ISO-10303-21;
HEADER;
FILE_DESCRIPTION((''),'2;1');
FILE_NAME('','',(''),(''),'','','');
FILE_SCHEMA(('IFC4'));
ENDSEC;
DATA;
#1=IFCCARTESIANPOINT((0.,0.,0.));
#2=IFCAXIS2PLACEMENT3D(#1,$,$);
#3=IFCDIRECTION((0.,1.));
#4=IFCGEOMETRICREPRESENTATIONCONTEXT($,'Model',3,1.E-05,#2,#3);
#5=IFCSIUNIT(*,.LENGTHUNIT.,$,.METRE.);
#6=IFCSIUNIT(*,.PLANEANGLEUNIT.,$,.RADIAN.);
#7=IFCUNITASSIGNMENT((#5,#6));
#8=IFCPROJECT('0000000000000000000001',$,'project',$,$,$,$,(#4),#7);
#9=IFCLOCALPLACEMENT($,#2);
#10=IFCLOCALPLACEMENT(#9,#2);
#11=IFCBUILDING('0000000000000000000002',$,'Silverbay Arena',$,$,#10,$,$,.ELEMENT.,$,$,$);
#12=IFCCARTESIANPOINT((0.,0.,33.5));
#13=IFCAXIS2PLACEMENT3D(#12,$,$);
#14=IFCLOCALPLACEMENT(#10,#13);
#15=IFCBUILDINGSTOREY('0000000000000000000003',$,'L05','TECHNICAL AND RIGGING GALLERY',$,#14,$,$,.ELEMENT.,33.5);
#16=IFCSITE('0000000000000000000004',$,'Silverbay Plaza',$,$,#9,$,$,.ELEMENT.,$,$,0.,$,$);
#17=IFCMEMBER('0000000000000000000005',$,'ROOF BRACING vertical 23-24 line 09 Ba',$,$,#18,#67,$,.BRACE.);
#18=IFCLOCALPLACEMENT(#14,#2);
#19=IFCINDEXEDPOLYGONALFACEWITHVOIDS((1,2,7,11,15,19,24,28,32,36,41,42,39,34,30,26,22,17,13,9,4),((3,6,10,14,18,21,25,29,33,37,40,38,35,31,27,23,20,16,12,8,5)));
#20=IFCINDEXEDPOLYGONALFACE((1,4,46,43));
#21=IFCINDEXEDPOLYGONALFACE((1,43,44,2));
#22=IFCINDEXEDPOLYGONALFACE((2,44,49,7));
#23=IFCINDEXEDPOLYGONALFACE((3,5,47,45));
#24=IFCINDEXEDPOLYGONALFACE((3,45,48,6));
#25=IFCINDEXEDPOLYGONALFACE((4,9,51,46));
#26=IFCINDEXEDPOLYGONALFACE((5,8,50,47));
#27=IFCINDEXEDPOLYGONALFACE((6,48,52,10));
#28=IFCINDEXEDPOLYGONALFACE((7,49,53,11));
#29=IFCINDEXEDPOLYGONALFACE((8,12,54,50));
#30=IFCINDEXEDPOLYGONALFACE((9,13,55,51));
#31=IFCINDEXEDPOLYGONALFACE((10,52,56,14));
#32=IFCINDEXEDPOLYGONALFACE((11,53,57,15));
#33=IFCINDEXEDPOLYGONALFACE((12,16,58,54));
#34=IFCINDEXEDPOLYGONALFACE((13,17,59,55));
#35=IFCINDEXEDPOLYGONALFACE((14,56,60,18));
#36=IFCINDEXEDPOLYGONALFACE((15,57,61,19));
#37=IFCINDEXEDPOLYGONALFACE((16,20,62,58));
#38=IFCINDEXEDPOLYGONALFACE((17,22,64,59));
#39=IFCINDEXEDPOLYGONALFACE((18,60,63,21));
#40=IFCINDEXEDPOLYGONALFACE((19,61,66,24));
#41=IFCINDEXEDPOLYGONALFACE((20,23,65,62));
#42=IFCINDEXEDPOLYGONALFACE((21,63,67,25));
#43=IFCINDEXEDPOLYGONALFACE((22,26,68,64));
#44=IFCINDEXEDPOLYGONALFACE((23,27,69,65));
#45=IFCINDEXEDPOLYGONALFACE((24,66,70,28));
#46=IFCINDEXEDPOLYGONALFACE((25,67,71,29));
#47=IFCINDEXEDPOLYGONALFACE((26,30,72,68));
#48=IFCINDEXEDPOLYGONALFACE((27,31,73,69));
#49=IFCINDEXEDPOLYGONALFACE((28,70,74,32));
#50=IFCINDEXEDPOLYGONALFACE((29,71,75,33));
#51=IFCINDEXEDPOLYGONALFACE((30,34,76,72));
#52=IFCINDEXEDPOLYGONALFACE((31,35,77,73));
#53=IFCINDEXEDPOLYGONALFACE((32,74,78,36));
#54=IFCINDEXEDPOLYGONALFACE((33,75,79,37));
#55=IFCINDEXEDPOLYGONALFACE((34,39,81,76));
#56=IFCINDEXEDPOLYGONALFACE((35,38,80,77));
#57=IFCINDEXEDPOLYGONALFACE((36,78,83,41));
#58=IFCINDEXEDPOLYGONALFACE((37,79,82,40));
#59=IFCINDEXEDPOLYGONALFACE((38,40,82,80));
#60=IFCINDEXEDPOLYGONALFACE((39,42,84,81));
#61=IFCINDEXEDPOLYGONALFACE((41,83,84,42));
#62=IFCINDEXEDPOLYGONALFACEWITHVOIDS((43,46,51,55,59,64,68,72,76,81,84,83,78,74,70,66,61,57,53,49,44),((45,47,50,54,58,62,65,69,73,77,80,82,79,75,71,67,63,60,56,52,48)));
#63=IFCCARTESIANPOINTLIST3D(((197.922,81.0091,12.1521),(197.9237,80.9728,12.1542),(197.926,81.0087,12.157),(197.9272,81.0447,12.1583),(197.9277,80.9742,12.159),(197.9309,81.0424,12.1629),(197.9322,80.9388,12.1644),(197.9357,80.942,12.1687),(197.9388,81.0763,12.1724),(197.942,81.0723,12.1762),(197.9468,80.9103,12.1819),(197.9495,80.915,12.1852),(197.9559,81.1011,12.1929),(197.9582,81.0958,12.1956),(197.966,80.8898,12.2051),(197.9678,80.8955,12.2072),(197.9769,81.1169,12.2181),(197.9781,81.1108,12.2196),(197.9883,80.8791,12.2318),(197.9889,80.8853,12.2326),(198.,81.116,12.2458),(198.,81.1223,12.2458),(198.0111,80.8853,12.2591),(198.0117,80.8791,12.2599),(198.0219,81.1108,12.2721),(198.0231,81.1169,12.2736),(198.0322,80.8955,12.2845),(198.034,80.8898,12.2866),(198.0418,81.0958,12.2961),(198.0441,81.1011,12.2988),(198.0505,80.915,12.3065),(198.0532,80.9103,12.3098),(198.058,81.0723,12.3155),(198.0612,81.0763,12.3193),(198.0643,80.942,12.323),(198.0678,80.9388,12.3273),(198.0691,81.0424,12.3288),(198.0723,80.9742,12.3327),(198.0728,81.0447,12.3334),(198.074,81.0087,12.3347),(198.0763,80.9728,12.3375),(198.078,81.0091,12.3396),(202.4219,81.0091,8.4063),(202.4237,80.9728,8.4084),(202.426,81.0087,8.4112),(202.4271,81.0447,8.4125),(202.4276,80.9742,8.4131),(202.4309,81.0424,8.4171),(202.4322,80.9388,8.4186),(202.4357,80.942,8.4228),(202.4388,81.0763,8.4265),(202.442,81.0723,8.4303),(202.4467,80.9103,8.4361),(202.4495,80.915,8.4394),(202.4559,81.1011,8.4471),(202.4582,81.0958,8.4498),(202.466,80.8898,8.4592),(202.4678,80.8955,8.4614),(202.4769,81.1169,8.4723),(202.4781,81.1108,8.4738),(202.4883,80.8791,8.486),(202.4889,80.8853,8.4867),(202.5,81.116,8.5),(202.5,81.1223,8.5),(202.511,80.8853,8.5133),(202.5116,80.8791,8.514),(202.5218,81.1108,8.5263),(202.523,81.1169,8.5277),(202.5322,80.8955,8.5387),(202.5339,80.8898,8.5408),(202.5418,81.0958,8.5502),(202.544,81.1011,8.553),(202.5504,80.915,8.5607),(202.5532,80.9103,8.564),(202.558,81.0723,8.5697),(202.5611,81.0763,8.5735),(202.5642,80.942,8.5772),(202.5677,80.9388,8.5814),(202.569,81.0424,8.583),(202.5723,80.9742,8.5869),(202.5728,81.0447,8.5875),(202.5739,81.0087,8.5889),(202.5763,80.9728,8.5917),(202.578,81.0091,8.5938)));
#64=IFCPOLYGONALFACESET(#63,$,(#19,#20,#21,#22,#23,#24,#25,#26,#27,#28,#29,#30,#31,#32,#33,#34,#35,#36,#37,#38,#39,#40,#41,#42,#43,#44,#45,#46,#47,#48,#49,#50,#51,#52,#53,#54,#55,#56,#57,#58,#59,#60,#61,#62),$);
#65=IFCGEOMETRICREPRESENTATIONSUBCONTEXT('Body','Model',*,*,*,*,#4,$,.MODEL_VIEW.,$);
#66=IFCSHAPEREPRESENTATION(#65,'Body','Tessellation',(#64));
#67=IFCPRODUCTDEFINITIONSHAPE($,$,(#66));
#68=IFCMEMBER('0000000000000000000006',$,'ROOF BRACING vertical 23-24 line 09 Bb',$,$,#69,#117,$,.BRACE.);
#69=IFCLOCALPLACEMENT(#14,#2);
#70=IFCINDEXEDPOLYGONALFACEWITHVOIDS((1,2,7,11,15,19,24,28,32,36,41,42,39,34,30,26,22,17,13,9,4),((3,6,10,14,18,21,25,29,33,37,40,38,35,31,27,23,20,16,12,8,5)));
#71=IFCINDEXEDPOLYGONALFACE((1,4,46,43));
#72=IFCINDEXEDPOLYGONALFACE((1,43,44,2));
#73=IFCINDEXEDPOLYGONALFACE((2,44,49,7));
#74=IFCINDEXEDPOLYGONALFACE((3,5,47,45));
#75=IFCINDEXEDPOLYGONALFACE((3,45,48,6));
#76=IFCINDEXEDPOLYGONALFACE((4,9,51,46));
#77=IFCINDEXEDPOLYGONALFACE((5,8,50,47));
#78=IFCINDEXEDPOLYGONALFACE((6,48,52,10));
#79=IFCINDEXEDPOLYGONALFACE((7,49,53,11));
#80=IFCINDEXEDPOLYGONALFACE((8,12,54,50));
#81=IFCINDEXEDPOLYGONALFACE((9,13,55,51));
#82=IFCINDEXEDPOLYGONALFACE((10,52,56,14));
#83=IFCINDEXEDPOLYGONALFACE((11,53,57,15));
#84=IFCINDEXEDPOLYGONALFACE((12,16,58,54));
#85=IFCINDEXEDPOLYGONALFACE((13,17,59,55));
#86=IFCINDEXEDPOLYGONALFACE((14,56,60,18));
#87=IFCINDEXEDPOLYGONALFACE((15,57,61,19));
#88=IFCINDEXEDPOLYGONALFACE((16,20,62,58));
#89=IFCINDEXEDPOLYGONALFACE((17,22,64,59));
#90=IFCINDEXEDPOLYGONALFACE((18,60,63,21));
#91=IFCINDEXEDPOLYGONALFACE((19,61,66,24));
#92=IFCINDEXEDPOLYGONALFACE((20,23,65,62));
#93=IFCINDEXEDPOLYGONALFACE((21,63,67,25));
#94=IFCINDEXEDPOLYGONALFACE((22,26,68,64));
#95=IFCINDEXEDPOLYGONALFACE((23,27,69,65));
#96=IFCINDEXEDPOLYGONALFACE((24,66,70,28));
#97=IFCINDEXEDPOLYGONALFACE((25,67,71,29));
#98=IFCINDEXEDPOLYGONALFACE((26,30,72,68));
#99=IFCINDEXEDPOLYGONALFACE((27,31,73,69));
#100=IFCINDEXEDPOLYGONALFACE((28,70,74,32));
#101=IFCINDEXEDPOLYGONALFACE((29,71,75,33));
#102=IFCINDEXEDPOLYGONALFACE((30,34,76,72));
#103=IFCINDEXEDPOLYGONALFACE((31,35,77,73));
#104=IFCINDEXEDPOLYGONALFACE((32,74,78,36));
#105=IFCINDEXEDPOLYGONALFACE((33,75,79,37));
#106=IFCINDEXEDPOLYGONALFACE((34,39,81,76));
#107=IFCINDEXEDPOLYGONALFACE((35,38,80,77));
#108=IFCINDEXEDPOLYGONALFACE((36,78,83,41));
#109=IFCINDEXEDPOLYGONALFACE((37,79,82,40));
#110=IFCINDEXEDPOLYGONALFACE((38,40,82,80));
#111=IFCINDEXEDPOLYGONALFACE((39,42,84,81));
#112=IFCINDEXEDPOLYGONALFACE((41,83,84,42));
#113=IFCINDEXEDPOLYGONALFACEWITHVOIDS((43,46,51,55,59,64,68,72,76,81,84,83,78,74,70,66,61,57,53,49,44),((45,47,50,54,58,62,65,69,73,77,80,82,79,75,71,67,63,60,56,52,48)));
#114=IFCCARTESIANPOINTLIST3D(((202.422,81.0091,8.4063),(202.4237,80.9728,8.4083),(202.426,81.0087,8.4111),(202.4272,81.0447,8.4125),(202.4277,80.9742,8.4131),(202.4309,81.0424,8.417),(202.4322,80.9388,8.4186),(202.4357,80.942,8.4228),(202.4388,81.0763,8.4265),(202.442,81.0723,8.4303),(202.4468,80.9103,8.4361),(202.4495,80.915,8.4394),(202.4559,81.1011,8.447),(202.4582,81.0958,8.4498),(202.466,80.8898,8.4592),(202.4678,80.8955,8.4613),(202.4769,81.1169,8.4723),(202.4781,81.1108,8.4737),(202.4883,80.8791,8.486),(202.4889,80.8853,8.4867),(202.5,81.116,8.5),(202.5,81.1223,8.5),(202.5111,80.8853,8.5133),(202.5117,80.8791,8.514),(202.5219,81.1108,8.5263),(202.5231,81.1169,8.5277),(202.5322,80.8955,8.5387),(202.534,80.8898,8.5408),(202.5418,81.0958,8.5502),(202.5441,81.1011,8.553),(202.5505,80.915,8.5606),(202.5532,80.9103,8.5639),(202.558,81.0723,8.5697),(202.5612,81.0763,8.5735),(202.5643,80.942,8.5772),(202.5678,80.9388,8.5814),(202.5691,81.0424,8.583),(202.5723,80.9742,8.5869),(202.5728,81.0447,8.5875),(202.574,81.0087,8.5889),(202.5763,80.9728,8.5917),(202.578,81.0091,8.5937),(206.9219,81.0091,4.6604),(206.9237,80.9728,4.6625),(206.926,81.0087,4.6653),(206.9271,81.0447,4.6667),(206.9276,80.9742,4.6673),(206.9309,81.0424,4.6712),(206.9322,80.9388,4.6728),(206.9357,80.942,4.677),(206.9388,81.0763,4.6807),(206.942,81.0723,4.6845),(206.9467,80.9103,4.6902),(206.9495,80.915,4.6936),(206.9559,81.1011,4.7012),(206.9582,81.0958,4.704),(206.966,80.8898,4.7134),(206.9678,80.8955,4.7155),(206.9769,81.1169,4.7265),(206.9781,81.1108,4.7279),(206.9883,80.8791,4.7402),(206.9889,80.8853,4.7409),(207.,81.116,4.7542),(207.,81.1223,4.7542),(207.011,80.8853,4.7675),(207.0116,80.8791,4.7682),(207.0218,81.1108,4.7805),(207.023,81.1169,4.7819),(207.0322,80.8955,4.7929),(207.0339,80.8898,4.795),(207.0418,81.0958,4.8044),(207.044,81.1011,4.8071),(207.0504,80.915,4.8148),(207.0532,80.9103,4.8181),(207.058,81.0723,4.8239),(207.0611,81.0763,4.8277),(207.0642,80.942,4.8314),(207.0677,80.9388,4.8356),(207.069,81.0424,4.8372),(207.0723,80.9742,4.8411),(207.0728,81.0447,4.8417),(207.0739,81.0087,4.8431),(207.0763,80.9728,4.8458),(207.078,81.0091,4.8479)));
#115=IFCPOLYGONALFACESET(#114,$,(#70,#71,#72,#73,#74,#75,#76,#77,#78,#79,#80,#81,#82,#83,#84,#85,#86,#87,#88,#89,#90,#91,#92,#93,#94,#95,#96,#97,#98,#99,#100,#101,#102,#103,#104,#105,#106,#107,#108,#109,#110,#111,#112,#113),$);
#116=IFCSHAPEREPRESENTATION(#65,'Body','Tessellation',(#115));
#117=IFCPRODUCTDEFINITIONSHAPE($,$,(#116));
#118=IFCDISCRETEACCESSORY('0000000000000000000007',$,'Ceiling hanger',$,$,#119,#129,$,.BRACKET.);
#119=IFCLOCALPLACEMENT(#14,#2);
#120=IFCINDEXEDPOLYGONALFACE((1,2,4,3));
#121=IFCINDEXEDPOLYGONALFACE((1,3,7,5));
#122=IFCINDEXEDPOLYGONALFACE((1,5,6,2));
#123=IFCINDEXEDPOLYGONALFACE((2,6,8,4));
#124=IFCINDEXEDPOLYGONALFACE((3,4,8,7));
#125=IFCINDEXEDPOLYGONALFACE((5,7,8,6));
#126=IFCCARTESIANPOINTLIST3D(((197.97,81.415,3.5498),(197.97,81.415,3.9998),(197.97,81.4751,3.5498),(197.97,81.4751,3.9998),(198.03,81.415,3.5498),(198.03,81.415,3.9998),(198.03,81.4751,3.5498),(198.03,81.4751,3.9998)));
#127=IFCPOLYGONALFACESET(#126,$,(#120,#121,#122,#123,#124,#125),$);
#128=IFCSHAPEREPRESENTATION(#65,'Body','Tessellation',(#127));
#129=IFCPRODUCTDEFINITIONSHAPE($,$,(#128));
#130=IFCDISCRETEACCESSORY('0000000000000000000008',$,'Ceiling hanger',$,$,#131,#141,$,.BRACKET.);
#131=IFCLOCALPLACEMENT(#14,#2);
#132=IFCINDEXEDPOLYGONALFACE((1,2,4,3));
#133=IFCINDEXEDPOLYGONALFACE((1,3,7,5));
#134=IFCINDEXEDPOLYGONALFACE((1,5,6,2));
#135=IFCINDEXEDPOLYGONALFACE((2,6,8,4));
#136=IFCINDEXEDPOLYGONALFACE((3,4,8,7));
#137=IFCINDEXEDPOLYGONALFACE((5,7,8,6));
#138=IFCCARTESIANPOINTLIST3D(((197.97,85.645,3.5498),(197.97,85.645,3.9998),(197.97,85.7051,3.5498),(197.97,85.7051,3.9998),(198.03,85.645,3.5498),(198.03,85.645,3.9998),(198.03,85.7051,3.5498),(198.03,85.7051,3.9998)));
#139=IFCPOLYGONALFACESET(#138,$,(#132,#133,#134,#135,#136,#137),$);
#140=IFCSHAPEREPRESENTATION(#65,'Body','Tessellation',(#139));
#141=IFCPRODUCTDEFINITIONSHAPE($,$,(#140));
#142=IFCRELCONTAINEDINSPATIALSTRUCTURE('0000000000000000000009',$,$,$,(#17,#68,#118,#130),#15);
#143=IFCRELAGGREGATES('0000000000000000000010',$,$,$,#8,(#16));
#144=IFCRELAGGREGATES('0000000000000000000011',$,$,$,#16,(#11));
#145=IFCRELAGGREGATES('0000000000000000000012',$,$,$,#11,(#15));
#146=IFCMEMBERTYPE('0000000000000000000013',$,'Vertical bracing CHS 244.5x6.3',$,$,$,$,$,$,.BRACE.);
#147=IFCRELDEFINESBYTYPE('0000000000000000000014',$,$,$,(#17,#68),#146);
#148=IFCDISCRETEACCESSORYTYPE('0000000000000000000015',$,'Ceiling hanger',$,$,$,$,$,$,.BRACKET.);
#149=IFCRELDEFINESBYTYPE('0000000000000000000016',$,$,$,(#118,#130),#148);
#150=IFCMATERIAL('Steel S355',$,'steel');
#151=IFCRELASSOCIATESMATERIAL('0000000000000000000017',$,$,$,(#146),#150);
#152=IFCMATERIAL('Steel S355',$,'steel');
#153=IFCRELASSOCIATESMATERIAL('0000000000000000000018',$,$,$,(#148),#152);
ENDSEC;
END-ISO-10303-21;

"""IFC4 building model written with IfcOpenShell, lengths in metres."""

from ifc_helpers import new_model, si_unit, direction, frame, origin, origin_2d, place, context, subcontext, project, spatial, rectangle, hollow_circle, extrude, material, material_profile, profile_set, type_object, element, save


model = new_model("IFC4")

# Units and contexts
model_context = context("Model", 3, precision=1e-05, world=origin(), true_north=direction((0.0, 1.0)))
body_context = subcontext(model_context, "Body", "Model", "MODEL_VIEW")
ifc_project = project(units=[si_unit("LENGTHUNIT", "METRE"), si_unit("PLANEANGLEUNIT", "RADIAN")], contexts=[model_context])

# Site, building, storey
site_placement = place(None, origin())
site = spatial("IfcSite", under=ifc_project, at=site_placement, Name="Silverbay Plaza", CompositionType="ELEMENT", RefElevation=0.0)
building_placement = place(site_placement, origin())
building = spatial("IfcBuilding", under=site, at=building_placement, Name="Silverbay Arena", CompositionType="ELEMENT")
storey_placement = place(building_placement, frame((0.0, 0.0, 33.5)))
storey = spatial("IfcBuildingStorey", under=building, at=storey_placement, Name="L05", Description="TECHNICAL AND RIGGING GALLERY", CompositionType="ELEMENT", Elevation=33.5)

# Members
ifc_material_1 = material(Name="Steel S355", Category="steel")
ifc_material_profile_1 = material_profile(ifc_material_1, hollow_circle(Radius=0.1223, WallThickness=0.0063, at=origin_2d()), Name="CHS 244.5x6.3")
ifc_profile_set_1 = profile_set([ifc_material_profile_1], Name="Steel S355")
member_type_1 = type_object("IfcMemberType", Name="Vertical bracing CHS 244.5x6.3", PredefinedType="BRACE", material=ifc_profile_set_1)
for number, where, z_axis, x_axis, name in (
    (1, (198.0, 81.0, 12.2458), (0.76857, 0.0, -0.639766), (0.0, 1.0, 0.0), "ROOF BRACING vertical 23-24 line 09 Ba"),
    (2, (202.5, 81.0, 8.5), (0.76857, 0.0, -0.639766), (0.0, 1.0, 0.0), "ROOF BRACING vertical 23-24 line 09 Bb"),
):
    element("IfcMember", number, at=place(storey_placement, frame(where, z_axis=z_axis, x_axis=x_axis)), inside=storey, type_object=member_type_1, Name=name, PredefinedType="BRACE", context=body_context, shape_type="SweptSolid", body=[
        extrude(hollow_circle(Radius=0.1223, WallThickness=0.0063, at=origin_2d()), origin(), (0.0, 0.0, 1.0), 5.855),
    ])

# Discrete accessories
ifc_material_2 = material(Name="Steel S355", Category="steel")
discrete_accessory_type = type_object("IfcDiscreteAccessoryType", Name="Ceiling hanger", PredefinedType="BRACKET", material=ifc_material_2)
for number, where, z_axis, x_axis, name in (
    (3, (198.0, 81.4451, 3.5498), (0.0, 0.0, 1.0), (1.0, 0.0, 0.0), "Ceiling hanger"),
    (4, (198.0, 85.675, 3.5498), (0.0, 0.0, 1.0), (1.0, 0.0, 0.0), "Ceiling hanger"),
):
    element("IfcDiscreteAccessory", number, at=place(storey_placement, frame(where, z_axis=z_axis, x_axis=x_axis)), inside=storey, type_object=discrete_accessory_type, Name=name, PredefinedType="BRACKET", context=body_context, shape_type="SweptSolid", body=[
        extrude(rectangle(XDim=0.0601, YDim=0.0601, at=origin_2d()), origin(), (0.0, 0.0, 1.0), 0.45),
    ])

save(model, "model.ifc")
